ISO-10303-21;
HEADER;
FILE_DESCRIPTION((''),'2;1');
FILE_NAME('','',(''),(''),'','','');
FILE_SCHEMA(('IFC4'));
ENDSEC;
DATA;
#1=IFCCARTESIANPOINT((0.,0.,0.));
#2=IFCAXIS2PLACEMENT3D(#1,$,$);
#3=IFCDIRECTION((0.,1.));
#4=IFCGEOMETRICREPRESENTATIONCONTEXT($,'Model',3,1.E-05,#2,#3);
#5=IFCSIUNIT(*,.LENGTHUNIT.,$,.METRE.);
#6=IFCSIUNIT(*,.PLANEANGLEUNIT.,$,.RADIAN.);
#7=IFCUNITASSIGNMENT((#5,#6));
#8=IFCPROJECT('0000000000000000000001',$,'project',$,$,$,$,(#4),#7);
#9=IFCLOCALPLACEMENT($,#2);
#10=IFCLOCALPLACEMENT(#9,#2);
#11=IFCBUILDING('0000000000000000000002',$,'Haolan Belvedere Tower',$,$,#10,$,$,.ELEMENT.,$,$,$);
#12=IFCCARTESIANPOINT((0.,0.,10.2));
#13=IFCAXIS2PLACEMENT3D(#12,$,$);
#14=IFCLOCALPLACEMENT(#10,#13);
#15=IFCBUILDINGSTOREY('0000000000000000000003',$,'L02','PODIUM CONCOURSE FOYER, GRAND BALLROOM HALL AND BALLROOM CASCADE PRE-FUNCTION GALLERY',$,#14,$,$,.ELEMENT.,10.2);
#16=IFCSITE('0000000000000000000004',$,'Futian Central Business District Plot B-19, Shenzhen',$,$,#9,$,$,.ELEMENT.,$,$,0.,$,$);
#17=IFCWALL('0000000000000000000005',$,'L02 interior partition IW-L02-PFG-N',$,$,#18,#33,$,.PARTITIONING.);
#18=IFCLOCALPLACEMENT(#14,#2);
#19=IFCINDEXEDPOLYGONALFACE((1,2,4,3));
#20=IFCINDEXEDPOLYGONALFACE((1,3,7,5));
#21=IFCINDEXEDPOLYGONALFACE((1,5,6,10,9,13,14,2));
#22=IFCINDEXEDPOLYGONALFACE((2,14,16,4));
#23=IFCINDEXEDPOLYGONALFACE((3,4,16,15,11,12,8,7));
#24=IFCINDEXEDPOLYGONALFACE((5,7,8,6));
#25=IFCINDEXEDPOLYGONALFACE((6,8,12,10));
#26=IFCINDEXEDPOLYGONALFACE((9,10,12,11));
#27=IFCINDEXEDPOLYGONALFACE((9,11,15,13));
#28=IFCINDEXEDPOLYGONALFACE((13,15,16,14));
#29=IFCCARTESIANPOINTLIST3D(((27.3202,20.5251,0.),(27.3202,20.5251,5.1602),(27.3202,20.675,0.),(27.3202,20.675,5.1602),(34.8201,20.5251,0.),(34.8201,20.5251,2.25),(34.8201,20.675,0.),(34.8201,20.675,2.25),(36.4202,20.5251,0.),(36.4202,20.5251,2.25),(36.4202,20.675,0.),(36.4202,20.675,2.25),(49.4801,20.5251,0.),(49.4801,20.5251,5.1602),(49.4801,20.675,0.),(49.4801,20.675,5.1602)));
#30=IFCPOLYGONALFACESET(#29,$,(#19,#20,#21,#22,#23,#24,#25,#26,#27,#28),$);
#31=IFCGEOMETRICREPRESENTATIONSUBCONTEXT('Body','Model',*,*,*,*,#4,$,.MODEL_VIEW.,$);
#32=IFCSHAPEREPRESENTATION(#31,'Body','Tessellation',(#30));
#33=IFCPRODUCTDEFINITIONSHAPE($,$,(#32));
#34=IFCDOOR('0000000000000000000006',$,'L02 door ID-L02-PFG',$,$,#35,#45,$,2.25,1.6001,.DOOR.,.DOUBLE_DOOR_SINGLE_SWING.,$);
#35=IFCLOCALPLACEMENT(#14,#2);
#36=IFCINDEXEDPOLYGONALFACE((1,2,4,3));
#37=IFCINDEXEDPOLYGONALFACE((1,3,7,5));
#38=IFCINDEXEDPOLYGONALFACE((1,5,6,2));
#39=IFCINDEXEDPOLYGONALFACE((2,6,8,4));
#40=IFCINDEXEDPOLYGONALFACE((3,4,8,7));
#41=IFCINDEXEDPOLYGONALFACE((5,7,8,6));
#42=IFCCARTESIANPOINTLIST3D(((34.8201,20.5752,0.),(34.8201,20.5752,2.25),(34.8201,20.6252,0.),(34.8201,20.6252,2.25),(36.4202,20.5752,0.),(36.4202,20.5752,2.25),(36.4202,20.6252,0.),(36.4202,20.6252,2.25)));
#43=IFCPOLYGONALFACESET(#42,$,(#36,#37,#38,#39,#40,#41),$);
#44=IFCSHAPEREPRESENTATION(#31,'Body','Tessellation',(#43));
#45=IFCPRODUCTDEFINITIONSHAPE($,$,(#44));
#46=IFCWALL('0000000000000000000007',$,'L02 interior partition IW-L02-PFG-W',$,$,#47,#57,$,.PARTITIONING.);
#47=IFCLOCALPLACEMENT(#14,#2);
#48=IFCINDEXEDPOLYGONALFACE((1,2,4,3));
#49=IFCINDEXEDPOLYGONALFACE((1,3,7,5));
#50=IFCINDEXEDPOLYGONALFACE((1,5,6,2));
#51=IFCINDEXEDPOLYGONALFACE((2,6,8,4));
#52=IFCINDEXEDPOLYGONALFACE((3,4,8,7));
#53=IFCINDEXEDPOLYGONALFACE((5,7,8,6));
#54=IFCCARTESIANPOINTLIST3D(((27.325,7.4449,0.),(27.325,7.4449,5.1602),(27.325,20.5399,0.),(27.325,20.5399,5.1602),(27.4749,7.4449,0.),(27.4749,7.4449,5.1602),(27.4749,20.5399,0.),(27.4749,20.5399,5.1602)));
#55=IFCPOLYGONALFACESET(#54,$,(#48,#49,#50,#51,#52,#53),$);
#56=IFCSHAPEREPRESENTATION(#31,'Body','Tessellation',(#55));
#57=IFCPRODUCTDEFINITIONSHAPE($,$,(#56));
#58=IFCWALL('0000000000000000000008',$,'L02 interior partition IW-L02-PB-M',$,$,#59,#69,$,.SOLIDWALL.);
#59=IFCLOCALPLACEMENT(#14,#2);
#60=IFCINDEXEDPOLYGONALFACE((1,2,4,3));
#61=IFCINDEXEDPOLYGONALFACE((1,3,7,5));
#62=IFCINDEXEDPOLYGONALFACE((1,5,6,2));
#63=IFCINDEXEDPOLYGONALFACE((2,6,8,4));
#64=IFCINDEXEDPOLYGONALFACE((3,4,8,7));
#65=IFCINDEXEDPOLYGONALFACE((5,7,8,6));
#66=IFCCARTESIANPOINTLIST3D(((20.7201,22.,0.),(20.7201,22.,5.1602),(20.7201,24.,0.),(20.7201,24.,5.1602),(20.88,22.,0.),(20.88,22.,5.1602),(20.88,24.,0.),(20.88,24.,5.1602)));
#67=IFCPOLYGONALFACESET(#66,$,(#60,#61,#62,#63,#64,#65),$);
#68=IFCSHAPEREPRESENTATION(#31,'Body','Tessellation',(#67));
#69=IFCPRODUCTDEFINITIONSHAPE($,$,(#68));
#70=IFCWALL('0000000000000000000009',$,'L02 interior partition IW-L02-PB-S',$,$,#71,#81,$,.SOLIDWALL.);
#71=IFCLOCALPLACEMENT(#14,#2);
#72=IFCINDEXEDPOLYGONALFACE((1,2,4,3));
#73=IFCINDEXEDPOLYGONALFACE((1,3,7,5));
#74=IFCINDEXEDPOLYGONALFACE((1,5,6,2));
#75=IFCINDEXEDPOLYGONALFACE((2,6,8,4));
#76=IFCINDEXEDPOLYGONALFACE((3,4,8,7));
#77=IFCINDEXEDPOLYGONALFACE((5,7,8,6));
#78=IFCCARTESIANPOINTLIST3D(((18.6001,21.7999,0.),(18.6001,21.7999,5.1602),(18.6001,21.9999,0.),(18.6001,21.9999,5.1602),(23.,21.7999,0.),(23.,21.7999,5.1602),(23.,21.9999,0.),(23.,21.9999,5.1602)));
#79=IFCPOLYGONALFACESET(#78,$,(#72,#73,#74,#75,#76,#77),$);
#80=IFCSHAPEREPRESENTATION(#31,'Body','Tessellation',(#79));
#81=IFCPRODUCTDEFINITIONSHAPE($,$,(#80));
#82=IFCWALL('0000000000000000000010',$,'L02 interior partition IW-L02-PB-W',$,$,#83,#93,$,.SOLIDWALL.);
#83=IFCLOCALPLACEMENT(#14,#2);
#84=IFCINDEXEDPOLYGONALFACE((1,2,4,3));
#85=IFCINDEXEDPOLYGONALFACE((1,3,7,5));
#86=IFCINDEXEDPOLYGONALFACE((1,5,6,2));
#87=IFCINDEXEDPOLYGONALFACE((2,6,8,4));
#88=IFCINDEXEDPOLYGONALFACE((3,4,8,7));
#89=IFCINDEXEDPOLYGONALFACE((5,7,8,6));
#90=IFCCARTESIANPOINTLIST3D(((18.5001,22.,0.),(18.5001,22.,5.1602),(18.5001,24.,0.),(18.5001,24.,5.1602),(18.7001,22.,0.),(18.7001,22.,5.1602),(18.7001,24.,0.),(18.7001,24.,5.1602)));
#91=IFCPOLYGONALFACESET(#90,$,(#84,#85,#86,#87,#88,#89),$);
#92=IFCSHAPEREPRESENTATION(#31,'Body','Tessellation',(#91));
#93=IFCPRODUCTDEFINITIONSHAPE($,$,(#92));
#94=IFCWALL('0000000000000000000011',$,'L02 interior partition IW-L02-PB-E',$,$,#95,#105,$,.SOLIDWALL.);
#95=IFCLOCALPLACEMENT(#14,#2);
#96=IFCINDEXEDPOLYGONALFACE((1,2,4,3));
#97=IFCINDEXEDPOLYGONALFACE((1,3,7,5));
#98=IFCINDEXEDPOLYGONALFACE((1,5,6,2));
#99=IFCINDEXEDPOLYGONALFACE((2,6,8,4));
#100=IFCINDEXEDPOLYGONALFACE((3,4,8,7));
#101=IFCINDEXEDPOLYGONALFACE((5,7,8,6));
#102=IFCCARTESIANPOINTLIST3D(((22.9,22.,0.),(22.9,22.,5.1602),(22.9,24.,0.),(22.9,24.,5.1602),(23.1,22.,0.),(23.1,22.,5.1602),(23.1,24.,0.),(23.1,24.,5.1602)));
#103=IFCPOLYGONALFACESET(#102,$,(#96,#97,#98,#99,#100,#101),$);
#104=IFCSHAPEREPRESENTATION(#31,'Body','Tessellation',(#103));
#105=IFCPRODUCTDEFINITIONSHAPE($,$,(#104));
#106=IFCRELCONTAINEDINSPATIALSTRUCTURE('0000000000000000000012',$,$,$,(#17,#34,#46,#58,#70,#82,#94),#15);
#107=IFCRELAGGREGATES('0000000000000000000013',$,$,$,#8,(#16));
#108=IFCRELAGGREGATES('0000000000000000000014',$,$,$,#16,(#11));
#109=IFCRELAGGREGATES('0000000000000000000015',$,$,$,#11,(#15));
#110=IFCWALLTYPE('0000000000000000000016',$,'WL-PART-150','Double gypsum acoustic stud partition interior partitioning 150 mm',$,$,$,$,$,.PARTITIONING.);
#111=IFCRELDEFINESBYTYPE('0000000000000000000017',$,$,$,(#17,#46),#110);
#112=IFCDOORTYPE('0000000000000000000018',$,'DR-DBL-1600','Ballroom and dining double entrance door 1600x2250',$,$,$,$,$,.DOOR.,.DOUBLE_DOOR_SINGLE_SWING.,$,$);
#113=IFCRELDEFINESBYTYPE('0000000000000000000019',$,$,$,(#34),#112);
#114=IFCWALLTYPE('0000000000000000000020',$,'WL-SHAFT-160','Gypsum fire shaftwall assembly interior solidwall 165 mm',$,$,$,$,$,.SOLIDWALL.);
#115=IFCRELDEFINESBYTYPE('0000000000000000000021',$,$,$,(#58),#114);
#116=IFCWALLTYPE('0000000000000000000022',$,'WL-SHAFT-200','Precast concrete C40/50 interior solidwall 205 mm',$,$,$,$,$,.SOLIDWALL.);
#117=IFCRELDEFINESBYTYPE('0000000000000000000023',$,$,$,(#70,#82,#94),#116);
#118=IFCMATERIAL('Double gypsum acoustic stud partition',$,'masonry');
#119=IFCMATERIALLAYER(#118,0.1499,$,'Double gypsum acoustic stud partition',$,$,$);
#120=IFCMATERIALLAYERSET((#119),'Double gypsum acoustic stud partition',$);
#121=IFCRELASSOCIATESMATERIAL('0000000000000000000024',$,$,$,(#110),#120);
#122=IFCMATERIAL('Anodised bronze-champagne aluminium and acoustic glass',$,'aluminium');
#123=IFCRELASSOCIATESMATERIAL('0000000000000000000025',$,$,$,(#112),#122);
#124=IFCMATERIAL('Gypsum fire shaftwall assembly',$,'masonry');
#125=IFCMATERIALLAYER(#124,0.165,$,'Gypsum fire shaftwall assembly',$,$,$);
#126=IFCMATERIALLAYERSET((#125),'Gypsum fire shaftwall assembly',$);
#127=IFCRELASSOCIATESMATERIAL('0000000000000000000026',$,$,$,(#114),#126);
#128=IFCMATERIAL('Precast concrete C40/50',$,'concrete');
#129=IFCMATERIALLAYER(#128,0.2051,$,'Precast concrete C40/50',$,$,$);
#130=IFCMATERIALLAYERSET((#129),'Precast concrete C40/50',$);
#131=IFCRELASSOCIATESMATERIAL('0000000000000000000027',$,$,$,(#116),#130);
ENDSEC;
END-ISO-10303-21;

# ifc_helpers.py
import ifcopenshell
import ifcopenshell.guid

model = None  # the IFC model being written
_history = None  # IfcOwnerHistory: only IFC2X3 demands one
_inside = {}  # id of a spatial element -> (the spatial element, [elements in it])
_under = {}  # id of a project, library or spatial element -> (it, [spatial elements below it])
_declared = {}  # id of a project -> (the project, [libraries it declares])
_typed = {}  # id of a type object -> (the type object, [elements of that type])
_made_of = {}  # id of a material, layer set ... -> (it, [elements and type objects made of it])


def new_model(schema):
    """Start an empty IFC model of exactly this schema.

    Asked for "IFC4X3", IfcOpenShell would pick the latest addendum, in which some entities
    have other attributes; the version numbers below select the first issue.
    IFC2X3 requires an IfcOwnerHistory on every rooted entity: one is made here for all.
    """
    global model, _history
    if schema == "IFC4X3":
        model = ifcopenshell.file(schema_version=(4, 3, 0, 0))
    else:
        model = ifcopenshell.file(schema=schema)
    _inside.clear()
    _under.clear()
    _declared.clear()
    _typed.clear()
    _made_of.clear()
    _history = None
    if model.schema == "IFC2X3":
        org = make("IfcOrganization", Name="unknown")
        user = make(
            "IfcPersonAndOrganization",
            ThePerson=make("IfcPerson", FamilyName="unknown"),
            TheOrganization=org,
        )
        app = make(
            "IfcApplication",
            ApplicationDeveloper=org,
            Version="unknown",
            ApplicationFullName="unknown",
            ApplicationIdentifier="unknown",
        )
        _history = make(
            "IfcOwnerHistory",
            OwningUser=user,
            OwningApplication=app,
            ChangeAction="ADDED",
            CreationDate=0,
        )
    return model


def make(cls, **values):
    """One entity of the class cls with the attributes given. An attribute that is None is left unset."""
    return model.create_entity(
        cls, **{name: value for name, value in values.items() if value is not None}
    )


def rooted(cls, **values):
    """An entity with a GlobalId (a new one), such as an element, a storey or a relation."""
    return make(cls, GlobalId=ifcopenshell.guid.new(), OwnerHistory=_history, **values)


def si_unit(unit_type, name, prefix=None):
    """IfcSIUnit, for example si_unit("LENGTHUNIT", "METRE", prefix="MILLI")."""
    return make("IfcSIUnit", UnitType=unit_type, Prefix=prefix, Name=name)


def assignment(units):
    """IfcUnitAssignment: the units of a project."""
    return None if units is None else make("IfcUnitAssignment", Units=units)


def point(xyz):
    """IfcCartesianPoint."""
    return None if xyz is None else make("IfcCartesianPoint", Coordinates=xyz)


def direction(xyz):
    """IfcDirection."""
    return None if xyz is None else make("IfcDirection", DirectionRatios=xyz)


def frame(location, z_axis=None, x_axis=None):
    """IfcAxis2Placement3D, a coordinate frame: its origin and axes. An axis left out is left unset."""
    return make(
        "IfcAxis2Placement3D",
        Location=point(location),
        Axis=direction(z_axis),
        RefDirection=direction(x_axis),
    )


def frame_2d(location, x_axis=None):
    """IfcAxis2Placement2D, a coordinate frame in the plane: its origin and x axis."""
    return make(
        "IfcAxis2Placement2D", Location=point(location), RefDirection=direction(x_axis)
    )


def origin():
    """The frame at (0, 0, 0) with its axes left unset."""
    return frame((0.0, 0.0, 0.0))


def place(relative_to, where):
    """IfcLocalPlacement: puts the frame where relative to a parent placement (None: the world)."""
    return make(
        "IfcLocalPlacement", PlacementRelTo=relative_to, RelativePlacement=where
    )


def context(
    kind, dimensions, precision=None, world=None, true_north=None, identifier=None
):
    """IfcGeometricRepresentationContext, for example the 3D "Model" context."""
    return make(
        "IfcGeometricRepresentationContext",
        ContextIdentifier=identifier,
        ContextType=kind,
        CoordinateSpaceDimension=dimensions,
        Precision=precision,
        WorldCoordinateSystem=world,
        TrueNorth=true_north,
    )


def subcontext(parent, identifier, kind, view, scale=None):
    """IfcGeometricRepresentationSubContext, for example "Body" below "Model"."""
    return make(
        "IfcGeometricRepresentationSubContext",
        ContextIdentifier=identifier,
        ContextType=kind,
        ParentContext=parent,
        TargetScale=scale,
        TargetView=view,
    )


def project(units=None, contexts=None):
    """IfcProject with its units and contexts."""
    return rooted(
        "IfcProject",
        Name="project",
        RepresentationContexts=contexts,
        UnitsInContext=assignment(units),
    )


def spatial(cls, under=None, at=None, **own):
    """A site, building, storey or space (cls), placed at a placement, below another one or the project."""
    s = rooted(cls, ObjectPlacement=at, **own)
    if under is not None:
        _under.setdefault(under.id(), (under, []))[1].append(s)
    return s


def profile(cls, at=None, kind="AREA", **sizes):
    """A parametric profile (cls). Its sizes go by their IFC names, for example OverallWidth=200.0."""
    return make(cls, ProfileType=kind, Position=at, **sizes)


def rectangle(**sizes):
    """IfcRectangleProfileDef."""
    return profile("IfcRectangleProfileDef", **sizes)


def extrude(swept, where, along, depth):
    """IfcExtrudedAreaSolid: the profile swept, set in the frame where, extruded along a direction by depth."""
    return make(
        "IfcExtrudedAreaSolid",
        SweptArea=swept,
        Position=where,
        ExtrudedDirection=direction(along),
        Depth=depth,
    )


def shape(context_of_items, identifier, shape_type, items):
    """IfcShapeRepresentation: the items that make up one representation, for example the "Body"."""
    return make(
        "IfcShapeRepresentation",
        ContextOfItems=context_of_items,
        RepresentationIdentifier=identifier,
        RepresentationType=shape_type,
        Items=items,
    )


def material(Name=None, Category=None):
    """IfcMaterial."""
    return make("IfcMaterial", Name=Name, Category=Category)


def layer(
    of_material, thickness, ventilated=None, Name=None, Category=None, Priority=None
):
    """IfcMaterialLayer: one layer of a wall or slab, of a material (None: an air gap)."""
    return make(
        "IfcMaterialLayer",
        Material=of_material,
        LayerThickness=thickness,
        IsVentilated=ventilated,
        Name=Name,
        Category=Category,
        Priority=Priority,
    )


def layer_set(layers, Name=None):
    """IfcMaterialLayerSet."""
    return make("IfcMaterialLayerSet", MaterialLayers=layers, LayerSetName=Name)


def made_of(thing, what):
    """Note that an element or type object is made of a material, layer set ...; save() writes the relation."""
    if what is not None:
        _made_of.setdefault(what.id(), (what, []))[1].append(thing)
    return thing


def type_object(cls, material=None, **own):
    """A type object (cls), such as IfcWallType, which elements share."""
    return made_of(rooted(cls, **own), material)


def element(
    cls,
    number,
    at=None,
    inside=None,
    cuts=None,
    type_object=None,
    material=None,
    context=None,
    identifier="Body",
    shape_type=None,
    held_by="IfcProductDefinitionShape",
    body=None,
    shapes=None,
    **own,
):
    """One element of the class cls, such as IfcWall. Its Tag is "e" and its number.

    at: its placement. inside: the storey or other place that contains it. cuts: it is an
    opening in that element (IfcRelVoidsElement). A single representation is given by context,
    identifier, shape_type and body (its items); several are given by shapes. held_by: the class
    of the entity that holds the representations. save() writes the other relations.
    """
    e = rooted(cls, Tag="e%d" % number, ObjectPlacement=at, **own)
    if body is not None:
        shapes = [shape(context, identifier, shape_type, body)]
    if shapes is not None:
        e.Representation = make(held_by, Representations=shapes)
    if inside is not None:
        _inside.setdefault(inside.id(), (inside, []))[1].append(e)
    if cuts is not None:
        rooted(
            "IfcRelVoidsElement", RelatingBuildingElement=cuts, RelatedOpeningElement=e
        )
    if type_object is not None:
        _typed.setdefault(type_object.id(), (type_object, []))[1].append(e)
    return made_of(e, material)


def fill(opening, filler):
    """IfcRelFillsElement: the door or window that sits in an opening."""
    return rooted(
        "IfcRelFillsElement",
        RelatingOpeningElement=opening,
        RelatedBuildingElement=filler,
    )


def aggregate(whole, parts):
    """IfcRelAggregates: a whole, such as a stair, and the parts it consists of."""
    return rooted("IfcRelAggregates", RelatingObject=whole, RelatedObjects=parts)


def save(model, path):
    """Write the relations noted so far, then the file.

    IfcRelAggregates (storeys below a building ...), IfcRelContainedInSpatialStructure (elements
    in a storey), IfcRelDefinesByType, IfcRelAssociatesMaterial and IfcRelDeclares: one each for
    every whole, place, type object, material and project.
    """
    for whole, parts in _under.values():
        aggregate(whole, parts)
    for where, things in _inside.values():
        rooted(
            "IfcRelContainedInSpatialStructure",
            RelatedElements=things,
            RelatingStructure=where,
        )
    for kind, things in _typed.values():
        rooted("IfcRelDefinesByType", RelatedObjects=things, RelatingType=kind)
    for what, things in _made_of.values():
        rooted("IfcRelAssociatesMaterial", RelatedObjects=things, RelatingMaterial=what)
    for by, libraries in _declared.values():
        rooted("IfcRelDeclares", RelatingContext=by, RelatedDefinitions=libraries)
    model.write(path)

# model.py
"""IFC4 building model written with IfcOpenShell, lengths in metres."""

from ifc_helpers import new_model, si_unit, direction, frame, frame_2d, origin, place, context, subcontext, project, spatial, rectangle, extrude, material, layer, layer_set, type_object, element, fill, save


model = new_model("IFC4")

# Units and contexts
model_context = context("Model", 3, precision=1e-05, world=origin(), true_north=direction((0.0, 1.0)))
body_context = subcontext(model_context, "Body", "Model", "MODEL_VIEW")
ifc_project = project(units=[si_unit("LENGTHUNIT", "METRE"), si_unit("PLANEANGLEUNIT", "RADIAN")], contexts=[model_context])

# Site, building, storey
site_placement = place(None, origin())
site = spatial("IfcSite", under=ifc_project, at=site_placement, Name="Futian Central Business District Plot B-19, Shenzhen", CompositionType="ELEMENT", RefElevation=0.0)
building_placement = place(site_placement, origin())
building = spatial("IfcBuilding", under=site, at=building_placement, Name="Haolan Belvedere Tower", CompositionType="ELEMENT")
storey_placement = place(building_placement, frame((0.0, 0.0, 10.2)))
storey = spatial("IfcBuildingStorey", under=building, at=storey_placement, Name="L02", Description="PODIUM CONCOURSE FOYER, GRAND BALLROOM HALL AND BALLROOM CASCADE PRE-FUNCTION GALLERY", CompositionType="ELEMENT", Elevation=10.2)

# Shared definitions
ifc_material_1 = material(Name="Precast concrete C40/50", Category="concrete")

# Wall, opening, door
ifc_material_2 = material(Name="Double gypsum acoustic stud partition", Category="masonry")
ifc_layer_1 = layer(ifc_material_2, 0.1499, Name="Double gypsum acoustic stud partition")
ifc_layer_set_1 = layer_set([ifc_layer_1], Name="Double gypsum acoustic stud partition")
wall_type_1 = type_object("IfcWallType", Name="WL-PART-150", Description="Double gypsum acoustic stud partition interior partitioning 150 mm", PredefinedType="PARTITIONING", material=ifc_layer_set_1)
wall_1_placement = place(storey_placement, frame((27.3201, 20.6001, 0.0), z_axis=(0.0, 0.0, 1.0), x_axis=(1.0, 0.0, 0.0)))
wall_1 = element("IfcWall", 1, at=wall_1_placement, inside=storey, type_object=wall_type_1, Name="L02 interior partition IW-L02-PFG-N", PredefinedType="PARTITIONING", context=body_context, shape_type="SweptSolid", body=[
    extrude(rectangle(XDim=22.1599, YDim=0.1499, at=frame_2d((11.0801, 0.0))), origin(), (0.0, 0.0, 1.0), 5.1602),
])
opening_1_placement = place(wall_1_placement, frame((9.1001, 0.0, 0.0), z_axis=(0.0, 0.0, 1.0), x_axis=(-1.0, 0.0, 0.0)))
opening_1 = element("IfcOpeningElement", 2, at=opening_1_placement, cuts=wall_1, PredefinedType="OPENING", context=body_context, shape_type="SweptSolid", body=[
    extrude(rectangle(XDim=1.6001, YDim=2.25, at=frame_2d((0.8, 1.125))), frame((0.0, 0.085, 0.0), z_axis=(0.0, -1.0, 0.0), x_axis=(1.0, 0.0, 0.0)), (0.0, 0.0, 1.0), 0.1699),
])
ifc_material_3 = material(Name="Anodised bronze-champagne aluminium and acoustic glass", Category="aluminium")
door_type = type_object("IfcDoorType", Name="DR-DBL-1600", Description="Ballroom and dining double entrance door 1600x2250", OperationType="DOUBLE_DOOR_SINGLE_SWING", PredefinedType="DOOR", material=ifc_material_3)
door_placement = place(opening_1_placement, origin())
door = element("IfcDoor", 3, at=door_placement, inside=storey, type_object=door_type, Name="L02 door ID-L02-PFG", OperationType="DOUBLE_DOOR_SINGLE_SWING", OverallHeight=2.25, OverallWidth=1.6001, PredefinedType="DOOR", context=body_context, shape_type="SweptSolid", body=[
    extrude(rectangle(XDim=1.6001, YDim=2.25, at=frame_2d((0.8, 1.125))), frame((0.0, 0.0249, 0.0), z_axis=(0.0, -1.0, 0.0), x_axis=(1.0, 0.0, 0.0)), (0.0, 0.0, 1.0), 0.05),
])
fill(opening_1, door)

# Walls
wall_2_placement = place(storey_placement, frame((27.3999, 7.4451, 0.0), z_axis=(0.0, 0.0, 1.0), x_axis=(0.0, 1.0, 0.0)))
element("IfcWall", 4, at=wall_2_placement, inside=storey, type_object=wall_type_1, Name="L02 interior partition IW-L02-PFG-W", PredefinedType="PARTITIONING", context=body_context, shape_type="SweptSolid", body=[
    extrude(rectangle(XDim=13.095, YDim=0.1499, at=frame_2d((6.5474, 0.0))), origin(), (0.0, 0.0, 1.0), 5.1602),
])
ifc_material_4 = material(Name="Gypsum fire shaftwall assembly", Category="masonry")
ifc_layer_2 = layer(ifc_material_4, 0.165, Name="Gypsum fire shaftwall assembly")
ifc_layer_set_2 = layer_set([ifc_layer_2], Name="Gypsum fire shaftwall assembly")
wall_type_2 = type_object("IfcWallType", Name="WL-SHAFT-160", Description="Gypsum fire shaftwall assembly interior solidwall 165 mm", PredefinedType="SOLIDWALL", material=ifc_layer_set_2)
wall_3_placement = place(storey_placement, frame((20.8, 22.0, 0.0), z_axis=(0.0, 0.0, 1.0), x_axis=(0.0, 1.0, 0.0)))
element("IfcWall", 5, at=wall_3_placement, inside=storey, type_object=wall_type_2, Name="L02 interior partition IW-L02-PB-M", PredefinedType="SOLIDWALL", context=body_context, shape_type="SweptSolid", body=[
    extrude(rectangle(XDim=2.0, YDim=0.1599, at=frame_2d((1.0, 0.0))), origin(), (0.0, 0.0, 1.0), 5.1602),
])
ifc_layer_3 = layer(ifc_material_1, 0.2051, Name="Precast concrete C40/50")
ifc_layer_set_3 = layer_set([ifc_layer_3], Name="Precast concrete C40/50")
wall_type_3 = type_object("IfcWallType", Name="WL-SHAFT-200", Description="Precast concrete C40/50 interior solidwall 205 mm", PredefinedType="SOLIDWALL", material=ifc_layer_set_3)
wall_4_placement = place(storey_placement, frame((18.6001, 21.8999, 0.0), z_axis=(0.0, 0.0, 1.0), x_axis=(1.0, 0.0, 0.0)))
element("IfcWall", 6, at=wall_4_placement, inside=storey, type_object=wall_type_3, Name="L02 interior partition IW-L02-PB-S", PredefinedType="SOLIDWALL", context=body_context, shape_type="SweptSolid", body=[
    extrude(rectangle(XDim=4.3999, YDim=0.2, at=frame_2d((2.2, 0.0))), origin(), (0.0, 0.0, 1.0), 5.1602),
])
for number, where, z_axis, x_axis, name in (
    (7, (18.6001, 22.0, 0.0), (0.0, 0.0, 1.0), (0.0, 1.0, 0.0), "L02 interior partition IW-L02-PB-W"),
    (8, (23.0, 22.0, 0.0), (0.0, 0.0, 1.0), (0.0, 1.0, 0.0), "L02 interior partition IW-L02-PB-E"),
):
    element("IfcWall", number, at=place(storey_placement, frame(where, z_axis=z_axis, x_axis=x_axis)), inside=storey, type_object=wall_type_3, Name=name, PredefinedType="SOLIDWALL", context=body_context, shape_type="SweptSolid", body=[
        extrude(rectangle(XDim=2.0, YDim=0.2, at=frame_2d((1.0, 0.0))), origin(), (0.0, 0.0, 1.0), 5.1602),
    ])

save(model, "model.ifc")
